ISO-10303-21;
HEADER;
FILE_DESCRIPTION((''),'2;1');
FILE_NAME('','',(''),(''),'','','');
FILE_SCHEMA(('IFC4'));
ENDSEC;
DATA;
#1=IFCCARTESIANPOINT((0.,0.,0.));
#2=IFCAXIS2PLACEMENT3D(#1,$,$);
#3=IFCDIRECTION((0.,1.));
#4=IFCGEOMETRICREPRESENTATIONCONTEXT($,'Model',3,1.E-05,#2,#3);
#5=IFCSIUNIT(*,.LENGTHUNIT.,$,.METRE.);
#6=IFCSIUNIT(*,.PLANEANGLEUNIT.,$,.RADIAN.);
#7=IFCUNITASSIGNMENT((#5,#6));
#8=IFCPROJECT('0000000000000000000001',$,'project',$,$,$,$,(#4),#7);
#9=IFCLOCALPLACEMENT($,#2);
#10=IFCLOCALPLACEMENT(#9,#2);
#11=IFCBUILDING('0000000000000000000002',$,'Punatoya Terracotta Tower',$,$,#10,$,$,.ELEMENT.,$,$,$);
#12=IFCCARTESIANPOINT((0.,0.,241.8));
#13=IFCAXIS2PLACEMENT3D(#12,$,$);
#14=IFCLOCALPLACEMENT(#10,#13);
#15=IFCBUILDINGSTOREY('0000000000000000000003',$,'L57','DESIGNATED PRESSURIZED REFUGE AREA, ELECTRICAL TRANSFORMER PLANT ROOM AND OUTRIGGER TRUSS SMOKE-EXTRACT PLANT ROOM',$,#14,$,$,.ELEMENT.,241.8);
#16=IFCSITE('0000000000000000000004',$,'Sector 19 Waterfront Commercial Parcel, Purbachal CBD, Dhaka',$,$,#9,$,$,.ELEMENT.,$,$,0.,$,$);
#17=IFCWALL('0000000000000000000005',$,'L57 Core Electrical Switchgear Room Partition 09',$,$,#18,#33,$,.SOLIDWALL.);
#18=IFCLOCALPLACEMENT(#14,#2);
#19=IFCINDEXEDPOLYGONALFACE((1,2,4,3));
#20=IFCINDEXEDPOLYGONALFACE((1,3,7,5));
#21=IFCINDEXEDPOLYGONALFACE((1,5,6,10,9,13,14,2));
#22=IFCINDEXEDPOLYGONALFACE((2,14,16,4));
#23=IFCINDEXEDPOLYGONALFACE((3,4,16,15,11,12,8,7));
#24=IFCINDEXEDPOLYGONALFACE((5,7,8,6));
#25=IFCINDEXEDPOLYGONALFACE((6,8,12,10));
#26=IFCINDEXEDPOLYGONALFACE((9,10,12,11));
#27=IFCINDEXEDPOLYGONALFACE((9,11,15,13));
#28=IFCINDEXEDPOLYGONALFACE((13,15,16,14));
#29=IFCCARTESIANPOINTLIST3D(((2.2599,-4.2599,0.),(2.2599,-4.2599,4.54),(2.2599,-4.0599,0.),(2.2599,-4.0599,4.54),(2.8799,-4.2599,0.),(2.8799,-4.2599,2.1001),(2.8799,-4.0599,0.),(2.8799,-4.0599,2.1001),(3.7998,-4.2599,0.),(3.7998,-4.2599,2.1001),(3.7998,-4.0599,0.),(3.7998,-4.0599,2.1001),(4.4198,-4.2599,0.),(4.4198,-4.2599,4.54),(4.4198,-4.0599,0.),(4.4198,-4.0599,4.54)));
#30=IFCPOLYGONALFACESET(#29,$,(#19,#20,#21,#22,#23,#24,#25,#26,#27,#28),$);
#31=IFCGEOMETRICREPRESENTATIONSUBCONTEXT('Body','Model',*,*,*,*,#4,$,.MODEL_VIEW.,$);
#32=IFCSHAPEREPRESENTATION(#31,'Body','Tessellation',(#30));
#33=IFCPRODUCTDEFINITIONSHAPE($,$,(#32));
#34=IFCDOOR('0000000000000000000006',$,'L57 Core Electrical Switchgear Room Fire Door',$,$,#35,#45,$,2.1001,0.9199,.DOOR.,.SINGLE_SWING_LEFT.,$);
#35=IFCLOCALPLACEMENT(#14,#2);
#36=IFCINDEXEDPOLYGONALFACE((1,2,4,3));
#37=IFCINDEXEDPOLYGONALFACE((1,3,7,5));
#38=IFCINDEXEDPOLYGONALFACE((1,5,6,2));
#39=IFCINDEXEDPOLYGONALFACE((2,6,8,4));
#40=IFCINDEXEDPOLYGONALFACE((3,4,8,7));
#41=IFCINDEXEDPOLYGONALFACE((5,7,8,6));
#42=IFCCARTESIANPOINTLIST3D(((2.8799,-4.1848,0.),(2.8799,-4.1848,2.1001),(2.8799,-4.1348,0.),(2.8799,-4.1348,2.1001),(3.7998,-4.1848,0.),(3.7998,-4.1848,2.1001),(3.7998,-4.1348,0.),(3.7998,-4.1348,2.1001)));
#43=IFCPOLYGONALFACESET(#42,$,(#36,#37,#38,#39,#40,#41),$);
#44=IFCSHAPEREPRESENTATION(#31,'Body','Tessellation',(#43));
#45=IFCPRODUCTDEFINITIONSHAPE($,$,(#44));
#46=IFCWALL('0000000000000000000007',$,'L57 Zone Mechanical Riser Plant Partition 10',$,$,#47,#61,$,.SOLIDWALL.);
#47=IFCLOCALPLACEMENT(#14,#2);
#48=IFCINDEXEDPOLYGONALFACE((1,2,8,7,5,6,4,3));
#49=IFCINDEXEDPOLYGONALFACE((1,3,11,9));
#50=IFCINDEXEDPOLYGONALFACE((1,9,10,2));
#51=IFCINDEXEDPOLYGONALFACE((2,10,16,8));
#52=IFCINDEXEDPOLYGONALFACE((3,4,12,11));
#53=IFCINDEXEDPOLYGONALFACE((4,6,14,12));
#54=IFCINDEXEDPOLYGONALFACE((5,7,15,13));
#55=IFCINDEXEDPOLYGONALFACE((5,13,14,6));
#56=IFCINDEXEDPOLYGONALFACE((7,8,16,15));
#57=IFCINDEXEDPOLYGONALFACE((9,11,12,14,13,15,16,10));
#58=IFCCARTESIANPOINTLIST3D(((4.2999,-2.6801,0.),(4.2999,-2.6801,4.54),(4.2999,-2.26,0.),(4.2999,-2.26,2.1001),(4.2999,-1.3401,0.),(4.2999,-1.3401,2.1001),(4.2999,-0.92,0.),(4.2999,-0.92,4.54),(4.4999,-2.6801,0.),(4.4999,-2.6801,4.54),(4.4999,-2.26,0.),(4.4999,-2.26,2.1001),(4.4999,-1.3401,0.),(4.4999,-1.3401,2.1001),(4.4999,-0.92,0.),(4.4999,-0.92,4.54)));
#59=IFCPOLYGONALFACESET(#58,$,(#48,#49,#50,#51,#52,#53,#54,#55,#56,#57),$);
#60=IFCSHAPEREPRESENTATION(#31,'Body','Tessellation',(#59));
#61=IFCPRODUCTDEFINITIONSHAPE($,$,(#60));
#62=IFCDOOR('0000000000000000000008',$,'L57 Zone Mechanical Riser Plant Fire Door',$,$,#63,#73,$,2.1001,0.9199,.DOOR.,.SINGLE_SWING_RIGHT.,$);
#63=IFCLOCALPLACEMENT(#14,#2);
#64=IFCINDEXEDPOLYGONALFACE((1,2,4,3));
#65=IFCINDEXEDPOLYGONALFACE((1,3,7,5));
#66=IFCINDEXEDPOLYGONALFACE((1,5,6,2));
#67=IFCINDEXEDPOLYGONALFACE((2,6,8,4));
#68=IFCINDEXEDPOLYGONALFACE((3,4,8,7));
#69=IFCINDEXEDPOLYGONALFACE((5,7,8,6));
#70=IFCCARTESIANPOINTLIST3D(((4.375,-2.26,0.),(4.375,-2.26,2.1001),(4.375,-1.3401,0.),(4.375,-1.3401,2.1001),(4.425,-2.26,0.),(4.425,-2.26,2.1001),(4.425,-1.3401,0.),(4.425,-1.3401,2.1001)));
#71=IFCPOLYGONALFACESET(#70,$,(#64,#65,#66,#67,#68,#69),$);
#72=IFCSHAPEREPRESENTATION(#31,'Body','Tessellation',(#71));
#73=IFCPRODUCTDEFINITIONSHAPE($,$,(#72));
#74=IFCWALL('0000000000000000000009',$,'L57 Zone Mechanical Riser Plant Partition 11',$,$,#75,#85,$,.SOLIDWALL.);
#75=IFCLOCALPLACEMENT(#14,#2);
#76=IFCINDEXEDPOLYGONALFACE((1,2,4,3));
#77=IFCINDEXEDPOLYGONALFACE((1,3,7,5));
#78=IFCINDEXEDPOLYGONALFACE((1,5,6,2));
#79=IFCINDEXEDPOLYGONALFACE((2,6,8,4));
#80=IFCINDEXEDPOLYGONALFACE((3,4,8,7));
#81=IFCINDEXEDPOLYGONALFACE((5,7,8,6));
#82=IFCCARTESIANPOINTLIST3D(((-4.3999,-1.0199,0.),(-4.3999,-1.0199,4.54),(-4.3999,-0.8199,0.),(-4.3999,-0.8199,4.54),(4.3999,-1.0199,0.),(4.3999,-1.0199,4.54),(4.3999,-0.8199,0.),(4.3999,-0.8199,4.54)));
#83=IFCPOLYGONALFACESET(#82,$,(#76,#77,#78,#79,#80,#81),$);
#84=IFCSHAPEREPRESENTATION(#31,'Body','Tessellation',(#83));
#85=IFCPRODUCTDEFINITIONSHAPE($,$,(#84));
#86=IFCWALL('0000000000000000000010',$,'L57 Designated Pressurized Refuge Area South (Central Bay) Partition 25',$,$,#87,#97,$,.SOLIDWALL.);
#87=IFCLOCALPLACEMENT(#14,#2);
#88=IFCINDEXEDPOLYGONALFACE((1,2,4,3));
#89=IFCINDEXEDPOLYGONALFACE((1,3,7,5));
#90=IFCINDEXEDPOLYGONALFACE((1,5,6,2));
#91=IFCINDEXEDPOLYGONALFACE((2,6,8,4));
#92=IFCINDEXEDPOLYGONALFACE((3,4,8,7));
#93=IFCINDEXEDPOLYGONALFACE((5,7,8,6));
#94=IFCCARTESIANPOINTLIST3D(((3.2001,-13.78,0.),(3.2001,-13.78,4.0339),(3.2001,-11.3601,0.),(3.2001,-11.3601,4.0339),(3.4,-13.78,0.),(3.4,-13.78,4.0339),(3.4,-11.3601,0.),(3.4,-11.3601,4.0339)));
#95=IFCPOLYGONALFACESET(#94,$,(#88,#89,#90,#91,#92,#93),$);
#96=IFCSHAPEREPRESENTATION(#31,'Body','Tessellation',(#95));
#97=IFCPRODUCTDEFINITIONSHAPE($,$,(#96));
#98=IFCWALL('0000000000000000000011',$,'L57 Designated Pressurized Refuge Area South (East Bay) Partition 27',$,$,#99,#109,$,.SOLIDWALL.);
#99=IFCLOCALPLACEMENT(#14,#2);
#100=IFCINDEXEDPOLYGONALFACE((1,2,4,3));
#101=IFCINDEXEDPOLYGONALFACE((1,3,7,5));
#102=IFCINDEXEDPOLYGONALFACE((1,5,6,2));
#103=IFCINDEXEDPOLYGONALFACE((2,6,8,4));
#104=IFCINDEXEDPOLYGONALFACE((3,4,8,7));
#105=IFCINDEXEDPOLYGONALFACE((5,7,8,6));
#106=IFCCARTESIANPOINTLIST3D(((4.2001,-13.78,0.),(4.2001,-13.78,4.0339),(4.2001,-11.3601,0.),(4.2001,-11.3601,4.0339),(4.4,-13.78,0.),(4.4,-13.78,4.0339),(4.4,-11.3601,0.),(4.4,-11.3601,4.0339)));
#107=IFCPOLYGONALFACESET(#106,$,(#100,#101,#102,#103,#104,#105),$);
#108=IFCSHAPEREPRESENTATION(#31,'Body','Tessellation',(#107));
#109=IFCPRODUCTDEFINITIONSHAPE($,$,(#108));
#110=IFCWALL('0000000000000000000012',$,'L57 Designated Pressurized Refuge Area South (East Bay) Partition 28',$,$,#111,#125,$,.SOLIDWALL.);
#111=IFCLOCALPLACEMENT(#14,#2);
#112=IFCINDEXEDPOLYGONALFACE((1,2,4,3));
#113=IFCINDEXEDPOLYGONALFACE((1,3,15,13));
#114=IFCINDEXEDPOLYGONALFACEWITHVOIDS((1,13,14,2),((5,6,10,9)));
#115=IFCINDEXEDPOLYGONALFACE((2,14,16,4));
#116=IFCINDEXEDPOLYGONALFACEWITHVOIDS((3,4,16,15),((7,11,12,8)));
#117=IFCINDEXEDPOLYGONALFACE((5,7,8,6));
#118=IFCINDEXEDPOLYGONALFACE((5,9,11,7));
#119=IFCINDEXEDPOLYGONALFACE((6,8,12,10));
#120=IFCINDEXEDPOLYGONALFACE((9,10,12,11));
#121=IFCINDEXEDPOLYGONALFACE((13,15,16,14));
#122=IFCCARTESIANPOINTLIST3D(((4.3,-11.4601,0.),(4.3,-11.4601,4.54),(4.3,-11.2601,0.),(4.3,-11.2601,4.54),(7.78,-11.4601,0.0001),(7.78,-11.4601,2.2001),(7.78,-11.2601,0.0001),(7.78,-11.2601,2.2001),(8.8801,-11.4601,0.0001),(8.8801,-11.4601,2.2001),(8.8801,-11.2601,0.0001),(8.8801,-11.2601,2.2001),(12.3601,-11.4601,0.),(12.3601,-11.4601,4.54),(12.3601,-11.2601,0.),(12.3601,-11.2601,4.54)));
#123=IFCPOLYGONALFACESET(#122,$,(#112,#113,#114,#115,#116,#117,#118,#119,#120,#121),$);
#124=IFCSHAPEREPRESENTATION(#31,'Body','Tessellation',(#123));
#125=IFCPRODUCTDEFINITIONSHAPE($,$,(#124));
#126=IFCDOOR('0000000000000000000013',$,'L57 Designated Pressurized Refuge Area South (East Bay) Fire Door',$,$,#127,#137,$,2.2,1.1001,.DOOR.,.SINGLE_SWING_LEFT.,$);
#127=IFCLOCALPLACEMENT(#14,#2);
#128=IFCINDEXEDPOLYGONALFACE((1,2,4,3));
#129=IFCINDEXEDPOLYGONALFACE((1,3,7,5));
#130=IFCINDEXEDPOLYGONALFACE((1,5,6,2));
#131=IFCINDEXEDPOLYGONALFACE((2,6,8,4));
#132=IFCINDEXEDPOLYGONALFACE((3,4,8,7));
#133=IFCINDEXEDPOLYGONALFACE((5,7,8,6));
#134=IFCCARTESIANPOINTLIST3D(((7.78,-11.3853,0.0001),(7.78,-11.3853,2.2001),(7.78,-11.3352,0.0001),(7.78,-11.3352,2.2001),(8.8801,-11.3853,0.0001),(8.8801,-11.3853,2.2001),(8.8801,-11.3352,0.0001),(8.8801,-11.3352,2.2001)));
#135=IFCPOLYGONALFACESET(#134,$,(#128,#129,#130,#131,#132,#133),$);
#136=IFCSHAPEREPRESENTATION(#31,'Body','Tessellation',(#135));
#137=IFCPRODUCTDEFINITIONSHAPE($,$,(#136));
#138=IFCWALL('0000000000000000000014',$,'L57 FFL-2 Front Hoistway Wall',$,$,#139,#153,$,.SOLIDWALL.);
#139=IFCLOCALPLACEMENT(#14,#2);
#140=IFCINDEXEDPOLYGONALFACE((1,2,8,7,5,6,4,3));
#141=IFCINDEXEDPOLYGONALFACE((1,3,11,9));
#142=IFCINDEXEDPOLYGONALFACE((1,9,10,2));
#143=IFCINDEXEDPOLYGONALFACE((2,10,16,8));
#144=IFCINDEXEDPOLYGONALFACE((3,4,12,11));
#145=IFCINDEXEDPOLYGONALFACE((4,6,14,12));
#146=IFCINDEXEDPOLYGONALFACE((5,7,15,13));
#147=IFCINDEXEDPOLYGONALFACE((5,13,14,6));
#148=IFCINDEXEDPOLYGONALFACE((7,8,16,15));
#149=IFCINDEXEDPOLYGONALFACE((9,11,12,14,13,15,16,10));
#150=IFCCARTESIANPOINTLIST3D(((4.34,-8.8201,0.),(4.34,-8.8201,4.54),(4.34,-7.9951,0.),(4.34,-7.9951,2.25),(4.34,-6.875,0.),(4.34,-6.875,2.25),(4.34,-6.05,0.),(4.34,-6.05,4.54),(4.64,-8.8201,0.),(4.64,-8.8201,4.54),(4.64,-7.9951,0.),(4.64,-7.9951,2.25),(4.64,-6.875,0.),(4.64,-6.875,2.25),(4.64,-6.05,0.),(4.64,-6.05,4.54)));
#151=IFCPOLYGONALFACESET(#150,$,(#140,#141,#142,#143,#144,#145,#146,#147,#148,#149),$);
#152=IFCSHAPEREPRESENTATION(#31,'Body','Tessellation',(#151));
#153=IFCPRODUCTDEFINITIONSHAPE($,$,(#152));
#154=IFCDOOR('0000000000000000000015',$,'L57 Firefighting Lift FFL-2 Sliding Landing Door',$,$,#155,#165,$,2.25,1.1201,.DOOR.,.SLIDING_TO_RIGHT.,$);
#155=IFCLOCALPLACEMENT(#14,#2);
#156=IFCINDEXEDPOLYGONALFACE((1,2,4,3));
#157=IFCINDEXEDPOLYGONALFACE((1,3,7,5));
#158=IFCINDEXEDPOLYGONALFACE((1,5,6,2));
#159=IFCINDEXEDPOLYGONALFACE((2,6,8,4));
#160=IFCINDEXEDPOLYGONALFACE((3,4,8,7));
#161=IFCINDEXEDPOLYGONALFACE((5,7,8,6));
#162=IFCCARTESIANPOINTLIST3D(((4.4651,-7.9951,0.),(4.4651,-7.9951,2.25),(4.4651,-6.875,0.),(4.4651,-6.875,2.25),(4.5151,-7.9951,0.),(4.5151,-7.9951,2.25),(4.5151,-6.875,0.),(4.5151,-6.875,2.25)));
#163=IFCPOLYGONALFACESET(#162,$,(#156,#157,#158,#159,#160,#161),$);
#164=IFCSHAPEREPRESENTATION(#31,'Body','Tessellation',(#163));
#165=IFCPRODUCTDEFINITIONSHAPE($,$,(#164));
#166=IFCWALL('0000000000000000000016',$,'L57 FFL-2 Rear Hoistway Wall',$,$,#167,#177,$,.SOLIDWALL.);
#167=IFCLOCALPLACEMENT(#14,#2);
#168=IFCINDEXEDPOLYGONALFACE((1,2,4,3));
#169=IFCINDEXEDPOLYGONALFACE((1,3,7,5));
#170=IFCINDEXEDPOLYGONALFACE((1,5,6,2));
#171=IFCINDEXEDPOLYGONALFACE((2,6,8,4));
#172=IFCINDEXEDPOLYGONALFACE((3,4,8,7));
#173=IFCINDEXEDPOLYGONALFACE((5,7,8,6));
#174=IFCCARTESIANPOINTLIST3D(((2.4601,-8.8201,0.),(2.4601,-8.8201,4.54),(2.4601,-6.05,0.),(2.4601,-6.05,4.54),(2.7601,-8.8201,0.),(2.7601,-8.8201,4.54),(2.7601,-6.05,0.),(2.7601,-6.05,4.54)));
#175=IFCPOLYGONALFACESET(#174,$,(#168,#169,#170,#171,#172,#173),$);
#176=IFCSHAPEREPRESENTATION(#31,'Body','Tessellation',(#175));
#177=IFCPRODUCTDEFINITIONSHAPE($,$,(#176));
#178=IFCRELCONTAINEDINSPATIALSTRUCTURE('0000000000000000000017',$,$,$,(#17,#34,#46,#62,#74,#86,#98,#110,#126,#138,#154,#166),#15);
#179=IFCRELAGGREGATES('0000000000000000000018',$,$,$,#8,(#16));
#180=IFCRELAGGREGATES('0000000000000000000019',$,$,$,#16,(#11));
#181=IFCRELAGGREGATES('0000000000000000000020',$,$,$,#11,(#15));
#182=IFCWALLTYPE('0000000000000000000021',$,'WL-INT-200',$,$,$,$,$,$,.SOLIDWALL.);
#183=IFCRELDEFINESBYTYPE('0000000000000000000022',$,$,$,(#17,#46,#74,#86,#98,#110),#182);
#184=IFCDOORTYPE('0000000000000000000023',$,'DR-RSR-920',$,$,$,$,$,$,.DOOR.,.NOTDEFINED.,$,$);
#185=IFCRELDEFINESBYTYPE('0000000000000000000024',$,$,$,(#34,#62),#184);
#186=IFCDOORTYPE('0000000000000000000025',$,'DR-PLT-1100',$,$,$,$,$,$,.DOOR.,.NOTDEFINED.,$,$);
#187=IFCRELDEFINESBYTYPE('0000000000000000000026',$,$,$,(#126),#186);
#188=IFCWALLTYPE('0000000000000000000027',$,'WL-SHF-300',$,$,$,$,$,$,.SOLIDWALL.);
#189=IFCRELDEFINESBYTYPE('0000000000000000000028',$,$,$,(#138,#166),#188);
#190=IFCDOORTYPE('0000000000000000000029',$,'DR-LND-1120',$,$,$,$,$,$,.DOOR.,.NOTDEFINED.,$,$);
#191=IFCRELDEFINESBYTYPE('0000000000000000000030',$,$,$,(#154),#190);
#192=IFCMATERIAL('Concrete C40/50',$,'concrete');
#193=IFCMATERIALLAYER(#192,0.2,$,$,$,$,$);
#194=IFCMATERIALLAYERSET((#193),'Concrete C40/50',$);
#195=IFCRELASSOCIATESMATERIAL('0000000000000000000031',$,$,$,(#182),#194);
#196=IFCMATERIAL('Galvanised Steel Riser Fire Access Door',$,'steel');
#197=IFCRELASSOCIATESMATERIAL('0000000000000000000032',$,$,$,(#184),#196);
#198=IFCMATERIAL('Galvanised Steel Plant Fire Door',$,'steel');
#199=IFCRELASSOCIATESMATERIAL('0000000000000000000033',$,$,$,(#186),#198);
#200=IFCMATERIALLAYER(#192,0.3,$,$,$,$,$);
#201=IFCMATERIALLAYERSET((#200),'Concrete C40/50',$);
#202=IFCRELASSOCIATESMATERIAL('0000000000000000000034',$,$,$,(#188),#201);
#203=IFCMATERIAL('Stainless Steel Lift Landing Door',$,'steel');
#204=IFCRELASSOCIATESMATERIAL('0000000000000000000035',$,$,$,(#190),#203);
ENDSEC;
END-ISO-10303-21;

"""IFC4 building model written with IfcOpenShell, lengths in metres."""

from ifc_helpers import new_model, si_unit, direction, frame, frame_2d, origin, place, context, subcontext, project, spatial, rectangle, extrude, material, layer, layer_set, type_object, element, fill, save


model = new_model("IFC4")

# Units and contexts
model_context = context("Model", 3, precision=1e-05, world=origin(), true_north=direction((0.0, 1.0)))
body_context = subcontext(model_context, "Body", "Model", "MODEL_VIEW")
ifc_project = project(units=[si_unit("LENGTHUNIT", "METRE"), si_unit("PLANEANGLEUNIT", "RADIAN")], contexts=[model_context])

# Site, building, storey
site_placement = place(None, origin())
site = spatial("IfcSite", under=ifc_project, at=site_placement, Name="Sector 19 Waterfront Commercial Parcel, Purbachal CBD, Dhaka", CompositionType="ELEMENT", RefElevation=0.0)
building_placement = place(site_placement, origin())
building = spatial("IfcBuilding", under=site, at=building_placement, Name="Punatoya Terracotta Tower", CompositionType="ELEMENT")
storey_placement = place(building_placement, frame((0.0, 0.0, 241.8)))
storey = spatial("IfcBuildingStorey", under=building, at=storey_placement, Name="L57", Description="DESIGNATED PRESSURIZED REFUGE AREA, ELECTRICAL TRANSFORMER PLANT ROOM AND OUTRIGGER TRUSS SMOKE-EXTRACT PLANT ROOM", CompositionType="ELEMENT", Elevation=241.8)

# Shared definitions
ifc_material_1 = material(Name="Concrete C40/50", Category="concrete")

# Shared definitions
ifc_layer_1 = layer(ifc_material_1, 0.2)
ifc_layer_set_1 = layer_set([ifc_layer_1], Name="Concrete C40/50")
wall_type_1 = type_object("IfcWallType", Name="WL-INT-200", PredefinedType="SOLIDWALL", material=ifc_layer_set_1)

# Walls, openings, doors
wall_1_placement = place(storey_placement, frame((4.4199, -4.1599, 0.0), z_axis=(0.0, 0.0, 1.0), x_axis=(-1.0, 0.0, 0.0)))
wall_1 = element("IfcWall", 1, at=wall_1_placement, inside=storey, type_object=wall_type_1, Name="L57 Core Electrical Switchgear Room Partition 09", PredefinedType="SOLIDWALL", context=body_context, shape_type="SweptSolid", body=[
    extrude(rectangle(XDim=2.1599, YDim=0.2, at=frame_2d((1.0801, 0.0))), origin(), (0.0, 0.0, 1.0), 4.54),
])
opening_1_placement = place(wall_1_placement, frame((0.6201, 0.0, 0.0)))
opening_1 = element("IfcOpeningElement", 2, at=opening_1_placement, cuts=wall_1, PredefinedType="OPENING", context=body_context, shape_type="SweptSolid", body=[
    extrude(rectangle(XDim=0.9199, YDim=2.1001, at=frame_2d((0.46, 1.05))), frame((0.0, 0.1099, 0.0), z_axis=(0.0, -1.0, 0.0), x_axis=(1.0, 0.0, 0.0)), (0.0, 0.0, 1.0), 0.22),
])
ifc_material_2 = material(Name="Galvanised Steel Riser Fire Access Door", Category="steel")
door_type_1 = type_object("IfcDoorType", Name="DR-RSR-920", OperationType="NOTDEFINED", PredefinedType="DOOR", material=ifc_material_2)
door_1_placement = place(opening_1_placement, origin())
door_1 = element("IfcDoor", 3, at=door_1_placement, inside=storey, type_object=door_type_1, Name="L57 Core Electrical Switchgear Room Fire Door", OperationType="SINGLE_SWING_LEFT", OverallHeight=2.1001, OverallWidth=0.9199, PredefinedType="DOOR", context=body_context, shape_type="SweptSolid", body=[
    extrude(rectangle(XDim=0.9199, YDim=2.1001, at=frame_2d((0.46, 1.05))), frame((0.0, 0.0249, 0.0), z_axis=(0.0, -1.0, 0.0), x_axis=(1.0, 0.0, 0.0)), (0.0, 0.0, 1.0), 0.05),
])
fill(opening_1, door_1)
wall_2_placement = place(storey_placement, frame((4.3999, -2.6799, 0.0), z_axis=(0.0, 0.0, 1.0), x_axis=(0.0, 1.0, 0.0)))
wall_2 = element("IfcWall", 4, at=wall_2_placement, inside=storey, type_object=wall_type_1, Name="L57 Zone Mechanical Riser Plant Partition 10", PredefinedType="SOLIDWALL", context=body_context, shape_type="SweptSolid", body=[
    extrude(rectangle(XDim=1.76, YDim=0.2, at=frame_2d((0.8799, 0.0))), origin(), (0.0, 0.0, 1.0), 4.54),
])
opening_2_placement = place(wall_2_placement, frame((0.4199, 0.0, 0.0)))
opening_2 = element("IfcOpeningElement", 5, at=opening_2_placement, cuts=wall_2, PredefinedType="OPENING", context=body_context, shape_type="SweptSolid", body=[
    extrude(rectangle(XDim=0.9199, YDim=2.1001, at=frame_2d((0.46, 1.05))), frame((0.0, 0.1099, 0.0), z_axis=(0.0, -1.0, 0.0), x_axis=(1.0, 0.0, 0.0)), (0.0, 0.0, 1.0), 0.22),
])
door_2_placement = place(opening_2_placement, origin())
door_2 = element("IfcDoor", 6, at=door_2_placement, inside=storey, type_object=door_type_1, Name="L57 Zone Mechanical Riser Plant Fire Door", OperationType="SINGLE_SWING_RIGHT", OverallHeight=2.1001, OverallWidth=0.9199, PredefinedType="DOOR", context=body_context, shape_type="SweptSolid", body=[
    extrude(rectangle(XDim=0.9199, YDim=2.1001, at=frame_2d((0.46, 1.05))), frame((0.0, 0.0249, 0.0), z_axis=(0.0, -1.0, 0.0), x_axis=(1.0, 0.0, 0.0)), (0.0, 0.0, 1.0), 0.05),
])
fill(opening_2, door_2)

# Walls
wall_3_placement = place(storey_placement, frame((4.3999, -0.9199, 0.0), z_axis=(0.0, 0.0, 1.0), x_axis=(-1.0, 0.0, 0.0)))
element("IfcWall", 7, at=wall_3_placement, inside=storey, type_object=wall_type_1, Name="L57 Zone Mechanical Riser Plant Partition 11", PredefinedType="SOLIDWALL", context=body_context, shape_type="SweptSolid", body=[
    extrude(rectangle(XDim=8.7998, YDim=0.2, at=frame_2d((4.3999, 0.0))), origin(), (0.0, 0.0, 1.0), 4.54),
])
for number, where, z_axis, x_axis, name in (
    (8, (3.3, -11.3601, 0.0), (0.0, 0.0, 1.0), (0.0, -1.0, 0.0), "L57 Designated Pressurized Refuge Area South (Central Bay) Partition 25"),
    (9, (4.3, -13.78, 0.0), (0.0, 0.0, 1.0), (0.0, 1.0, 0.0), "L57 Designated Pressurized Refuge Area South (East Bay) Partition 27"),
):
    element("IfcWall", number, at=place(storey_placement, frame(where, z_axis=z_axis, x_axis=x_axis)), inside=storey, type_object=wall_type_1, Name=name, PredefinedType="SOLIDWALL", context=body_context, shape_type="SweptSolid", body=[
        extrude(rectangle(XDim=2.4199, YDim=0.2, at=frame_2d((1.21, 0.0))), origin(), (0.0, 0.0, 1.0), 4.0339),
    ])

# Walls, openings, doors
wall_4_placement = place(storey_placement, frame((4.3, -11.3601, 0.0), z_axis=(0.0, 0.0, 1.0), x_axis=(1.0, 0.0, 0.0)))
wall_4 = element("IfcWall", 10, at=wall_4_placement, inside=storey, type_object=wall_type_1, Name="L57 Designated Pressurized Refuge Area South (East Bay) Partition 28", PredefinedType="SOLIDWALL", context=body_context, shape_type="SweptSolid", body=[
    extrude(rectangle(XDim=8.0601, YDim=0.2, at=frame_2d((4.03, 0.0))), origin(), (0.0, 0.0, 1.0), 4.54),
])
opening_3_placement = place(wall_4_placement, frame((3.48, 0.0, 0.0)))
opening_3 = element("IfcOpeningElement", 11, at=opening_3_placement, cuts=wall_4, PredefinedType="OPENING", context=body_context, shape_type="SweptSolid", body=[
    extrude(rectangle(XDim=1.1001, YDim=2.2, at=frame_2d((0.55, 1.1001))), frame((0.0, 0.1099, 0.0), z_axis=(0.0, -1.0, 0.0), x_axis=(1.0, 0.0, 0.0)), (0.0, 0.0, 1.0), 0.22),
])
ifc_material_3 = material(Name="Galvanised Steel Plant Fire Door", Category="steel")
door_type_2 = type_object("IfcDoorType", Name="DR-PLT-1100", OperationType="NOTDEFINED", PredefinedType="DOOR", material=ifc_material_3)
door_3_placement = place(opening_3_placement, origin())
door_3 = element("IfcDoor", 12, at=door_3_placement, inside=storey, type_object=door_type_2, Name="L57 Designated Pressurized Refuge Area South (East Bay) Fire Door", OperationType="SINGLE_SWING_LEFT", OverallHeight=2.2, OverallWidth=1.1001, PredefinedType="DOOR", context=body_context, shape_type="SweptSolid", body=[
    extrude(rectangle(XDim=1.1001, YDim=2.2, at=frame_2d((0.55, 1.1001))), frame((0.0, 0.0249, 0.0), z_axis=(0.0, -1.0, 0.0), x_axis=(1.0, 0.0, 0.0)), (0.0, 0.0, 1.0), 0.05),
])
fill(opening_3, door_3)
ifc_layer_2 = layer(ifc_material_1, 0.3)
ifc_layer_set_2 = layer_set([ifc_layer_2], Name="Concrete C40/50")
wall_type_2 = type_object("IfcWallType", Name="WL-SHF-300", PredefinedType="SOLIDWALL", material=ifc_layer_set_2)
wall_5_placement = place(storey_placement, frame((4.49, -8.8201, 0.0), z_axis=(0.0, 0.0, 1.0), x_axis=(0.0, 1.0, 0.0)))
wall_5 = element("IfcWall", 13, at=wall_5_placement, inside=storey, type_object=wall_type_2, Name="L57 FFL-2 Front Hoistway Wall", PredefinedType="SOLIDWALL", context=body_context, shape_type="SweptSolid", body=[
    extrude(rectangle(XDim=2.77, YDim=0.3, at=frame_2d((1.385, 0.0))), origin(), (0.0, 0.0, 1.0), 4.54),
])
opening_4_placement = place(wall_5_placement, frame((0.825, 0.0, 0.0)))
opening_4 = element("IfcOpeningElement", 14, at=opening_4_placement, cuts=wall_5, PredefinedType="OPENING", context=body_context, shape_type="SweptSolid", body=[
    extrude(rectangle(XDim=1.1201, YDim=2.25, at=frame_2d((0.5601, 1.125))), frame((0.0, 0.1599, 0.0), z_axis=(0.0, -1.0, 0.0), x_axis=(1.0, 0.0, 0.0)), (0.0, 0.0, 1.0), 0.3201),
])
ifc_material_4 = material(Name="Stainless Steel Lift Landing Door", Category="steel")
door_type_3 = type_object("IfcDoorType", Name="DR-LND-1120", OperationType="NOTDEFINED", PredefinedType="DOOR", material=ifc_material_4)
door_4_placement = place(opening_4_placement, origin())
door_4 = element("IfcDoor", 15, at=door_4_placement, inside=storey, type_object=door_type_3, Name="L57 Firefighting Lift FFL-2 Sliding Landing Door", OperationType="SLIDING_TO_RIGHT", OverallHeight=2.25, OverallWidth=1.1201, PredefinedType="DOOR", context=body_context, shape_type="SweptSolid", body=[
    extrude(rectangle(XDim=1.1201, YDim=2.25, at=frame_2d((0.5601, 1.125))), frame((0.0, 0.0249, 0.0), z_axis=(0.0, -1.0, 0.0), x_axis=(1.0, 0.0, 0.0)), (0.0, 0.0, 1.0), 0.05),
])
fill(opening_4, door_4)

# Wall
wall_6_placement = place(storey_placement, frame((2.6101, -8.8201, 0.0), z_axis=(0.0, 0.0, 1.0), x_axis=(0.0, 1.0, 0.0)))
element("IfcWall", 16, at=wall_6_placement, inside=storey, type_object=wall_type_2, Name="L57 FFL-2 Rear Hoistway Wall", PredefinedType="SOLIDWALL", context=body_context, shape_type="SweptSolid", body=[
    extrude(rectangle(XDim=2.77, YDim=0.3, at=frame_2d((1.385, 0.0))), origin(), (0.0, 0.0, 1.0), 4.54),
])

save(model, "model.ifc")
